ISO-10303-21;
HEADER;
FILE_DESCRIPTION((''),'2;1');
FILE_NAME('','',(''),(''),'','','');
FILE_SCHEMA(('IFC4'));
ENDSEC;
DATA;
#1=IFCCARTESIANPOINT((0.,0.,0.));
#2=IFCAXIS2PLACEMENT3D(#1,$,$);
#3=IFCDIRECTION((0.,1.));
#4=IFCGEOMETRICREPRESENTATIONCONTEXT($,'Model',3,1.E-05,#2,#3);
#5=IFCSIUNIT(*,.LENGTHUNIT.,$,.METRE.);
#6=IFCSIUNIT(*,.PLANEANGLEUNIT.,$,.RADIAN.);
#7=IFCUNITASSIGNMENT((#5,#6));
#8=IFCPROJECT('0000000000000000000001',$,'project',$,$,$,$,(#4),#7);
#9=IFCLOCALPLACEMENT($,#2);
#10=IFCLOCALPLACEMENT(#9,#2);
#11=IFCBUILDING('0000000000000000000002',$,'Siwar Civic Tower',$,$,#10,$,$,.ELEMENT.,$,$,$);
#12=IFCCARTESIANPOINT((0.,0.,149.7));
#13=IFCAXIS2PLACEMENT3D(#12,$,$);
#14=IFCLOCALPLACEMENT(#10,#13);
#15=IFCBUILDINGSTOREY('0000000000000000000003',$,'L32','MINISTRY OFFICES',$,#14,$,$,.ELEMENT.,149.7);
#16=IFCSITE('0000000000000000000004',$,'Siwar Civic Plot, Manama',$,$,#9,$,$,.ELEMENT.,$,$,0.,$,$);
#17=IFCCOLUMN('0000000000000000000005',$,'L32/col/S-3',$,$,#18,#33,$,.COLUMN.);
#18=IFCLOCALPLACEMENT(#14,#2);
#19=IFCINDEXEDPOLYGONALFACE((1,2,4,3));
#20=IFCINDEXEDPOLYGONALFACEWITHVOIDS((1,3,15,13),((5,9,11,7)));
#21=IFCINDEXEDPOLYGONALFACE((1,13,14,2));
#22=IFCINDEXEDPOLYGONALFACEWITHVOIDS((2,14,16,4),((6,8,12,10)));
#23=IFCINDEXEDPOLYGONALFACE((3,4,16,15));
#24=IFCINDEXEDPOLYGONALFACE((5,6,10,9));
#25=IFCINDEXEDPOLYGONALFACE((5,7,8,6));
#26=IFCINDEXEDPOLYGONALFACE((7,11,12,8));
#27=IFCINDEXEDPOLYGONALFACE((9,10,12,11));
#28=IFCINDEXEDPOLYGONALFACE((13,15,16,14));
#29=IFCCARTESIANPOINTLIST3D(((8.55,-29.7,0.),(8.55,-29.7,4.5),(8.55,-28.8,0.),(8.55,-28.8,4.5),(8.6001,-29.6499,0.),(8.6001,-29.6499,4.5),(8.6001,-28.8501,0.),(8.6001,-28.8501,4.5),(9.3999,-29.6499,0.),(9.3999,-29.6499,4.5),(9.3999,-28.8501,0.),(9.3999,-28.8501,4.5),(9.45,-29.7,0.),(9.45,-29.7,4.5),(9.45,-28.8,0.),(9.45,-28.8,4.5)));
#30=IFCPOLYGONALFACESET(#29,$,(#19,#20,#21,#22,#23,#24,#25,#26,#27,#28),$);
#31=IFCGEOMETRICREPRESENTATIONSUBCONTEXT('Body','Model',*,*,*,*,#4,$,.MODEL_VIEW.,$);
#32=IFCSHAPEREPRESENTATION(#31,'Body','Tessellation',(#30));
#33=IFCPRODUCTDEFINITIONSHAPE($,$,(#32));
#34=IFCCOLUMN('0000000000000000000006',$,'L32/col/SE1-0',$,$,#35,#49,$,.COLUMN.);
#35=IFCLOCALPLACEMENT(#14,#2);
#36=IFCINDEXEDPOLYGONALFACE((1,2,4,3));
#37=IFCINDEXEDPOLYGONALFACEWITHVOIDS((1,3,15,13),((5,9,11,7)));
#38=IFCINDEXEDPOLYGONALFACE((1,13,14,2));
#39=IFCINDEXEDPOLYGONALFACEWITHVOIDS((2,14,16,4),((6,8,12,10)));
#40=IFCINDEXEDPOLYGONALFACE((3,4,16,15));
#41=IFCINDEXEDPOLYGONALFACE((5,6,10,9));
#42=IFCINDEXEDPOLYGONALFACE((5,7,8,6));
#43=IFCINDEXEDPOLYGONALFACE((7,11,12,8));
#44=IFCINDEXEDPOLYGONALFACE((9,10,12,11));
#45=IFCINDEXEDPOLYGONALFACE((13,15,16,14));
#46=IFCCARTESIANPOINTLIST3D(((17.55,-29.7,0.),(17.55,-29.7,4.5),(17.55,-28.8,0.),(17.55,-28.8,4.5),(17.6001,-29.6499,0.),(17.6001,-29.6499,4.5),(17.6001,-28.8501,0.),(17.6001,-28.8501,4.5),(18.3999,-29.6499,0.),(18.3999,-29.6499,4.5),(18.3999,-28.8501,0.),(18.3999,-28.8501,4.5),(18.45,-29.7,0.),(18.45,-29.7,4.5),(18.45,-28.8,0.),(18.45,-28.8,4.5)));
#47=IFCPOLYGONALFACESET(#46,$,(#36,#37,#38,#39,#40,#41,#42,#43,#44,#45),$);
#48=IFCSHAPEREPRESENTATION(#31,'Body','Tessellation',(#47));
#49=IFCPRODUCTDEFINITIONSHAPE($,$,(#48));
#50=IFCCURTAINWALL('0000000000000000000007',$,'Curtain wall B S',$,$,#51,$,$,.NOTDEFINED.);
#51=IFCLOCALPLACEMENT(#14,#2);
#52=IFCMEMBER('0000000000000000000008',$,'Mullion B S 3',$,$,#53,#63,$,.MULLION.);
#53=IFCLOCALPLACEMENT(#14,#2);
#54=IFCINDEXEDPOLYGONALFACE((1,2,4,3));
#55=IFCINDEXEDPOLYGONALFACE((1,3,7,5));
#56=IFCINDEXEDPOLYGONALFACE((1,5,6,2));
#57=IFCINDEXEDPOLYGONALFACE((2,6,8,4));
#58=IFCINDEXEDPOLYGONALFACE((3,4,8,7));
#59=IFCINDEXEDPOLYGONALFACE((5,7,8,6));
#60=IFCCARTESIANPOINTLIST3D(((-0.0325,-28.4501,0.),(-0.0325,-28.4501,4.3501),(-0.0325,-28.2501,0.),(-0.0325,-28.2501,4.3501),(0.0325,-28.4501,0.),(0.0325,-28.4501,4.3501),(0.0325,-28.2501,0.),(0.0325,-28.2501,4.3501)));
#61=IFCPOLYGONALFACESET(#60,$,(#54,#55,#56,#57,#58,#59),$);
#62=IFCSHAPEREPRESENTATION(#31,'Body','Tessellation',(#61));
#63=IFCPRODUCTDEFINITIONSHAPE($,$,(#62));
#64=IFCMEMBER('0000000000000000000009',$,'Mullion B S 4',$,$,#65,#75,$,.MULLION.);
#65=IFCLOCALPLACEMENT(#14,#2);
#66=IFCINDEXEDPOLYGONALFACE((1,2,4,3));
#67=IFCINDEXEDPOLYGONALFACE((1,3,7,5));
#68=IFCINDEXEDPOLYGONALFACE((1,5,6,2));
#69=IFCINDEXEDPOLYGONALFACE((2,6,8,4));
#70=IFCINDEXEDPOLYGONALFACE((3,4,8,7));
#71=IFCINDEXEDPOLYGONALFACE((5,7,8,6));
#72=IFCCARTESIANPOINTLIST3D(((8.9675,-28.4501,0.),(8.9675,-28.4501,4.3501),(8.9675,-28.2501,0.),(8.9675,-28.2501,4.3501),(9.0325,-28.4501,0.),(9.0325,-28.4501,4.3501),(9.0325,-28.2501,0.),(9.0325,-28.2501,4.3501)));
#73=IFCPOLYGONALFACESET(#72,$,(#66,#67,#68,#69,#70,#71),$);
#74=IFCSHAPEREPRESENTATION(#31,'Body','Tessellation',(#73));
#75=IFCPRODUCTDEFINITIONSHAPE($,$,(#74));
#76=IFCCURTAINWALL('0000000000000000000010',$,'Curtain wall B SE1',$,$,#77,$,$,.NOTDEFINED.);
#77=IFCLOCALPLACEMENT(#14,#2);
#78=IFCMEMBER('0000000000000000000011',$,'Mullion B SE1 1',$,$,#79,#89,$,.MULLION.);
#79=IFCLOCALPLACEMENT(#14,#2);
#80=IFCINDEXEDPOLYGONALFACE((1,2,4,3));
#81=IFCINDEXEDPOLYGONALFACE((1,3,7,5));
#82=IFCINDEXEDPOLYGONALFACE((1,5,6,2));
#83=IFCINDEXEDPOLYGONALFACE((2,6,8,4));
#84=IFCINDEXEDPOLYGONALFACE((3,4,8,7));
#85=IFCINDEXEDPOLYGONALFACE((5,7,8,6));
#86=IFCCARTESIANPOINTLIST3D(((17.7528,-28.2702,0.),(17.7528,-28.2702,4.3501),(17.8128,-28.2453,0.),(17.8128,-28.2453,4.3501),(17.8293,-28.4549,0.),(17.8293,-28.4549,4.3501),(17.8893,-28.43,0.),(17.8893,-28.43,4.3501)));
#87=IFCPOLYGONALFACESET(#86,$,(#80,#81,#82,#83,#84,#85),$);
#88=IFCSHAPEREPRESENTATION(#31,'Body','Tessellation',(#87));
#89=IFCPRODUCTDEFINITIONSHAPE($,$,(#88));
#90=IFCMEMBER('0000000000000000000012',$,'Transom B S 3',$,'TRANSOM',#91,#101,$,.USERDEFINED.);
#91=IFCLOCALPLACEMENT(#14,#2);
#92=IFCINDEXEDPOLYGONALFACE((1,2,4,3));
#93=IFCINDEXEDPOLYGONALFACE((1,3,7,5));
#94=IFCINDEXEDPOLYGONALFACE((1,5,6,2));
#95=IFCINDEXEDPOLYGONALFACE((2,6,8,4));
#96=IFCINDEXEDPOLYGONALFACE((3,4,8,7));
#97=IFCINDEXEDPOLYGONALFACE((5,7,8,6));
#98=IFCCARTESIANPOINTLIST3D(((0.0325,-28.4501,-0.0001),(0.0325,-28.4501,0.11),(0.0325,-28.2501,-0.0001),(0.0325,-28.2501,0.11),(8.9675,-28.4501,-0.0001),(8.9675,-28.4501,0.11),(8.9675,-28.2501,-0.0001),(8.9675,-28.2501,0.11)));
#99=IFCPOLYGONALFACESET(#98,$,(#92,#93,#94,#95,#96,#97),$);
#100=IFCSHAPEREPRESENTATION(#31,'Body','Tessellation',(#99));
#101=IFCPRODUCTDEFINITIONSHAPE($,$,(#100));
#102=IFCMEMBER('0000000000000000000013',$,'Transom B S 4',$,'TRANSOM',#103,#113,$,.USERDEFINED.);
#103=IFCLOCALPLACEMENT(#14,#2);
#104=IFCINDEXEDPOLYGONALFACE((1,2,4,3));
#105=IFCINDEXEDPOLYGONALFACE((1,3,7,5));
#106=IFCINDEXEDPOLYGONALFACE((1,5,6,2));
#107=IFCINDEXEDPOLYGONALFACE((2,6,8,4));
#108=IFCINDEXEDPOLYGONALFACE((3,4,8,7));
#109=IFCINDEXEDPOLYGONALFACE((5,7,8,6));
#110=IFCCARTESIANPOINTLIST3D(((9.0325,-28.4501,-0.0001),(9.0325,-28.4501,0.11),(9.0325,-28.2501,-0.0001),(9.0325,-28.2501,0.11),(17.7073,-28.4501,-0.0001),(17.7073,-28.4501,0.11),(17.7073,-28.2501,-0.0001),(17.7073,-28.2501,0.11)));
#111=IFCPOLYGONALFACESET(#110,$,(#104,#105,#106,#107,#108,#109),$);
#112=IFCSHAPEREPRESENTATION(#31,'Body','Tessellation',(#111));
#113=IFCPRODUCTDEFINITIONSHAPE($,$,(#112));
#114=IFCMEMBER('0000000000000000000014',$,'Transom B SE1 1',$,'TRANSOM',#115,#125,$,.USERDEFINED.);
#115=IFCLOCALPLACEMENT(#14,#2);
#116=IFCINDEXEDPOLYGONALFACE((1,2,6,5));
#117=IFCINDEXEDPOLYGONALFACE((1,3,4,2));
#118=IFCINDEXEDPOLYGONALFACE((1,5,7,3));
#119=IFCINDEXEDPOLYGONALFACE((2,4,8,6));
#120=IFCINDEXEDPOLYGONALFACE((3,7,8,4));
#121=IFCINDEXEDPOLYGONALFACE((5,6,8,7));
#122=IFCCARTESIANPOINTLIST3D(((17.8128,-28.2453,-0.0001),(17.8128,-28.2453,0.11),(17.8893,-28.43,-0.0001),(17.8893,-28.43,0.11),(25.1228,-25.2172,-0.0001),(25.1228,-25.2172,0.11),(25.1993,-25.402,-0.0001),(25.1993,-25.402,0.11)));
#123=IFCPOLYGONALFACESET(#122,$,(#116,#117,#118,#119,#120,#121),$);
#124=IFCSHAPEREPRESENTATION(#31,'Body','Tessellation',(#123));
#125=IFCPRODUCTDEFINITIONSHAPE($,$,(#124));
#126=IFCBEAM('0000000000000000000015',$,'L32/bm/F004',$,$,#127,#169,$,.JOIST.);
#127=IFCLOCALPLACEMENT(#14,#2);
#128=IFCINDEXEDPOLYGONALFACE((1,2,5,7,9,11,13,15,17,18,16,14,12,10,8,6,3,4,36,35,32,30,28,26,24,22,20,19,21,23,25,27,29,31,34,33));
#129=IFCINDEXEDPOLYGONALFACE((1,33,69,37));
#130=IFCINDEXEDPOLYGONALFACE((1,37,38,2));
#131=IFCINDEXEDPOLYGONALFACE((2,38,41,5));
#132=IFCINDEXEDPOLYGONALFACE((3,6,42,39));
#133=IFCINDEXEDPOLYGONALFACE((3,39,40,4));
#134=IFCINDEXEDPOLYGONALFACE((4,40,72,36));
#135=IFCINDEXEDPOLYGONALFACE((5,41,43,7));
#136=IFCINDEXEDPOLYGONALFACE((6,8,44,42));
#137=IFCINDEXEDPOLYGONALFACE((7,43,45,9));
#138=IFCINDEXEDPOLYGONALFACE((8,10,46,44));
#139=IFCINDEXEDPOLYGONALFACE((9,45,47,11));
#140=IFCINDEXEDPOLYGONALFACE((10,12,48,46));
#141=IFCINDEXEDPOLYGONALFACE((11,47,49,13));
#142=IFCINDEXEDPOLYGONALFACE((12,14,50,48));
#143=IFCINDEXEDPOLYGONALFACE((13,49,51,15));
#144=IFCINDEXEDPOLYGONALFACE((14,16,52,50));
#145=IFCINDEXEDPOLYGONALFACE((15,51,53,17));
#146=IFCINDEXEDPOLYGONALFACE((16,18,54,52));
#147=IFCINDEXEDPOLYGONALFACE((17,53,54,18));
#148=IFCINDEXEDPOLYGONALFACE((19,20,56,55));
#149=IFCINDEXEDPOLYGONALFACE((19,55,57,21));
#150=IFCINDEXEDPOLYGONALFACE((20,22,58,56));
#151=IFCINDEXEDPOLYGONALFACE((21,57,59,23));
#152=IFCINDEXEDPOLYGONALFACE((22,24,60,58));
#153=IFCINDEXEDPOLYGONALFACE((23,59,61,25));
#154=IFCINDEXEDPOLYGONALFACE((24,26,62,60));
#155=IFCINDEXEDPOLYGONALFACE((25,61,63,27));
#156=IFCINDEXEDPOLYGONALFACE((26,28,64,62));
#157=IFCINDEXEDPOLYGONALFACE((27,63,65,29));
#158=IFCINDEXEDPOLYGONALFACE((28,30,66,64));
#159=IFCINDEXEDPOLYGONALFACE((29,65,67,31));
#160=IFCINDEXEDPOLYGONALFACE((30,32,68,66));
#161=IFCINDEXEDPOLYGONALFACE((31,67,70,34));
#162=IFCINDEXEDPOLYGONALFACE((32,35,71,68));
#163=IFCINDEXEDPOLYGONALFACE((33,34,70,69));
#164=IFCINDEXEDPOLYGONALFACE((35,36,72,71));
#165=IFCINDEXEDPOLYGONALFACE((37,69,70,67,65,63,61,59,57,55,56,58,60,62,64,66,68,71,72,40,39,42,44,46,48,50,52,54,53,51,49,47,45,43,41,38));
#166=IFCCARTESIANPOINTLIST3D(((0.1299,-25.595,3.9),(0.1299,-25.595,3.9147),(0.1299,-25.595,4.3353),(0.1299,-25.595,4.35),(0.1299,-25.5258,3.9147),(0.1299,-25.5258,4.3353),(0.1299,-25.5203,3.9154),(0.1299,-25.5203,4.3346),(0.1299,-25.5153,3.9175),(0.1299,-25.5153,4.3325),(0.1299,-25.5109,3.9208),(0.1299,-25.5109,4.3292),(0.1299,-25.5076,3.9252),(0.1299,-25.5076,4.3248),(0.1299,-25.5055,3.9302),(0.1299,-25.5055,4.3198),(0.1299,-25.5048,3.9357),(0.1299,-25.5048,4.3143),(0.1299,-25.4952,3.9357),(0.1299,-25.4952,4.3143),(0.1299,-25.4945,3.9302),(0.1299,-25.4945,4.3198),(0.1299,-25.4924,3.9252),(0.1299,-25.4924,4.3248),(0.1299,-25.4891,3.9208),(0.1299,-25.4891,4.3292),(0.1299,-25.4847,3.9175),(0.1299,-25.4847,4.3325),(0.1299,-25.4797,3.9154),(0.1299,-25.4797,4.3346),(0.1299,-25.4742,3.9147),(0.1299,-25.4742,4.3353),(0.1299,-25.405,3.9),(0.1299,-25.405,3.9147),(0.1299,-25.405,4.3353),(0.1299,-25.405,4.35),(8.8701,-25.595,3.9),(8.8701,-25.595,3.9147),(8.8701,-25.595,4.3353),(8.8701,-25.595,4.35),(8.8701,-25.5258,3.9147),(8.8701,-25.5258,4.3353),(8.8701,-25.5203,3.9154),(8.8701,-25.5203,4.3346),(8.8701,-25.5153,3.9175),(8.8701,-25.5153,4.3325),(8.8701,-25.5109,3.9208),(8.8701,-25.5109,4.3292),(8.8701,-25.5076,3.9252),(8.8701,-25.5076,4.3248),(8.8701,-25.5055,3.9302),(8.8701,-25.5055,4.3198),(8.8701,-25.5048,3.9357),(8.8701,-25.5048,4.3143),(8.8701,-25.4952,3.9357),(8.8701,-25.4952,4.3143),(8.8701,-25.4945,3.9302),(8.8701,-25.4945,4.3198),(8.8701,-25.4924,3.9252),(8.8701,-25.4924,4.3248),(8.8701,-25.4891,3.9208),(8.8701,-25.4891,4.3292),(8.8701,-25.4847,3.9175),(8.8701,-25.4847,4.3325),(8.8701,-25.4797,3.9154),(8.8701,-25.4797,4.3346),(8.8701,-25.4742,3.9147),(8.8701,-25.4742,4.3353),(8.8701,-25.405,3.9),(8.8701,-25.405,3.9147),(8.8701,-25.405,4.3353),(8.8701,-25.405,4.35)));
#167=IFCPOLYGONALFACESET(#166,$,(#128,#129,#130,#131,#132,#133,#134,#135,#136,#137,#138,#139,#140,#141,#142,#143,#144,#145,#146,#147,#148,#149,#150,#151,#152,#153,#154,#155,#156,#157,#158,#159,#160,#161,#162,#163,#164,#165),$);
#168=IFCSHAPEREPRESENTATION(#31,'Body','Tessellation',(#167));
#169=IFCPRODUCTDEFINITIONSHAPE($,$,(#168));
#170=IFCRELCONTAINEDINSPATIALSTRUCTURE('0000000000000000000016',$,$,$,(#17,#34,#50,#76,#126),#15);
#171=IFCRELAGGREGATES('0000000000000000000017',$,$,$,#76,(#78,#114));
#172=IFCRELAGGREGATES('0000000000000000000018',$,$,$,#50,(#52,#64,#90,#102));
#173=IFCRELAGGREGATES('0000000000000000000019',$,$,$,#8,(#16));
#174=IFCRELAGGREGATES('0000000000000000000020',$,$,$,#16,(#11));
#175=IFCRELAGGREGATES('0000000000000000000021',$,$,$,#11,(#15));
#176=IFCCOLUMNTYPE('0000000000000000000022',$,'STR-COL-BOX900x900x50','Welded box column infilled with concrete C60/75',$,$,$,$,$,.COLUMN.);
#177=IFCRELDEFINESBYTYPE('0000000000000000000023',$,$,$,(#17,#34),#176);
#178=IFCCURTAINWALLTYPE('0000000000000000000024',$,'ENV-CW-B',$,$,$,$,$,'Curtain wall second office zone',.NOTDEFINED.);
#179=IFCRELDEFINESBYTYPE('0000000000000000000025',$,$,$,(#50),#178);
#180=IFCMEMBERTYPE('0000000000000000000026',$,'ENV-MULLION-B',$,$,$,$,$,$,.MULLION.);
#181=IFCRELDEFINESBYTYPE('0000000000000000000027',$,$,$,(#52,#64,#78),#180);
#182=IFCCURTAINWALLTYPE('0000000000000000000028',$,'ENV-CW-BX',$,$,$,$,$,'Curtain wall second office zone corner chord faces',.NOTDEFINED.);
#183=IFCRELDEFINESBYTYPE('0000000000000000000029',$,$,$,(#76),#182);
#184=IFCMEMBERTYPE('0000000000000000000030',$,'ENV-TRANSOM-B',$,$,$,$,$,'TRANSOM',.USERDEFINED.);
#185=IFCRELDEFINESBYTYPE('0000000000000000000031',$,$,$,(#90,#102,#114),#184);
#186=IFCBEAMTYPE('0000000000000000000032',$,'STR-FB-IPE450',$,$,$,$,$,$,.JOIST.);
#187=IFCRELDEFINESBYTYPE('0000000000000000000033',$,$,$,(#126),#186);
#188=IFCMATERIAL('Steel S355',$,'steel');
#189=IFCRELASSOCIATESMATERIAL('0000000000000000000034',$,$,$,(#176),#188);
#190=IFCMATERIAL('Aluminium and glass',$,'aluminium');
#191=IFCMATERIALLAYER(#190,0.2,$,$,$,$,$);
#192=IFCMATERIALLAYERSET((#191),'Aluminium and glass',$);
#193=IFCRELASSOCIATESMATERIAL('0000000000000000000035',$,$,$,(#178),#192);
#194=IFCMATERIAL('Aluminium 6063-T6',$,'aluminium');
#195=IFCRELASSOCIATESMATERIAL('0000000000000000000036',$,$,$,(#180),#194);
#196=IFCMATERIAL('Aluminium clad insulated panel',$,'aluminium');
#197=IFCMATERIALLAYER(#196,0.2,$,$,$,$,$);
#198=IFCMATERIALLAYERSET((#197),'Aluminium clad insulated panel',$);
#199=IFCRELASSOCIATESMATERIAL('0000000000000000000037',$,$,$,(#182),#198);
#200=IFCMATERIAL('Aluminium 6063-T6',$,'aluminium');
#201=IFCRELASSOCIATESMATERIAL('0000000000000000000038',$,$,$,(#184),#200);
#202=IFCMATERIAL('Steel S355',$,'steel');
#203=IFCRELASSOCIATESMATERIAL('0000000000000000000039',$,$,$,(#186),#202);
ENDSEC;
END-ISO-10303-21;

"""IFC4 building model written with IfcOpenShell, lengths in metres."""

from ifc_helpers import new_model, si_unit, direction, frame, origin, origin_2d, place, context, subcontext, project, spatial, rectangle, hollow_rectangle, i_section, extrude, material, layer, layer_set, material_profile, profile_set, type_object, element, aggregate, save


model = new_model("IFC4")

# Units and contexts
model_context = context("Model", 3, precision=1e-05, world=origin(), true_north=direction((0.0, 1.0)))
body_context = subcontext(model_context, "Body", "Model", "MODEL_VIEW")
ifc_project = project(units=[si_unit("LENGTHUNIT", "METRE"), si_unit("PLANEANGLEUNIT", "RADIAN")], contexts=[model_context])

# Site, building, storey
site_placement = place(None, origin())
site = spatial("IfcSite", under=ifc_project, at=site_placement, Name="Siwar Civic Plot, Manama", CompositionType="ELEMENT", RefElevation=0.0)
building_placement = place(site_placement, origin())
building = spatial("IfcBuilding", under=site, at=building_placement, Name="Siwar Civic Tower", CompositionType="ELEMENT")
storey_placement = place(building_placement, frame((0.0, 0.0, 149.7)))
storey = spatial("IfcBuildingStorey", under=building, at=storey_placement, Name="L32", Description="MINISTRY OFFICES", CompositionType="ELEMENT", Elevation=149.7)

# Columns
ifc_material_1 = material(Name="Steel S355", Category="steel")
ifc_material_profile_1 = material_profile(ifc_material_1, hollow_rectangle(XDim=0.8999, YDim=0.8999, WallThickness=0.05, at=origin_2d()), Name="BOX900x900x50")
ifc_profile_set_1 = profile_set([ifc_material_profile_1], Name="Steel S355")
column_type = type_object("IfcColumnType", Name="STR-COL-BOX900x900x50", Description="Welded box column infilled with concrete C60/75", PredefinedType="COLUMN", material=ifc_profile_set_1)
for number, where, z_axis, x_axis, name in (
    (1, (9.0, -29.25, 0.0), (0.0, 0.0, 1.0), (1.0, 0.0, 0.0), "L32/col/S-3"),
    (2, (18.0, -29.25, 0.0), (0.0, 0.0, 1.0), (1.0, 0.0, 0.0), "L32/col/SE1-0"),
):
    element("IfcColumn", number, at=place(storey_placement, frame(where, z_axis=z_axis, x_axis=x_axis)), inside=storey, type_object=column_type, Name=name, PredefinedType="COLUMN", context=body_context, shape_type="SweptSolid", body=[
        extrude(hollow_rectangle(XDim=0.8999, YDim=0.8999, WallThickness=0.05, at=origin_2d()), origin(), (0.0, 0.0, 1.0), 4.5),
    ])

# Curtain wall, members
ifc_material_2 = material(Name="Aluminium and glass", Category="aluminium")
ifc_layer_1 = layer(ifc_material_2, 0.2)
ifc_layer_set_1 = layer_set([ifc_layer_1], Name="Aluminium and glass")
curtain_wall_type_1 = type_object("IfcCurtainWallType", Name="ENV-CW-B", ElementType="Curtain wall second office zone", PredefinedType="NOTDEFINED", material=ifc_layer_set_1)
curtain_wall_1_placement = place(storey_placement, origin())
curtain_wall_1 = element("IfcCurtainWall", 3, at=curtain_wall_1_placement, inside=storey, type_object=curtain_wall_type_1, Name="Curtain wall B S", PredefinedType="NOTDEFINED")
ifc_material_3 = material(Name="Aluminium 6063-T6", Category="aluminium")
ifc_material_profile_2 = material_profile(ifc_material_3, rectangle(XDim=0.2, YDim=0.0649, at=origin_2d()), Name="AL 200x65")
ifc_profile_set_2 = profile_set([ifc_material_profile_2], Name="Aluminium 6063-T6")
member_type_1 = type_object("IfcMemberType", Name="ENV-MULLION-B", PredefinedType="MULLION", material=ifc_profile_set_2)
member_1_placement = place(storey_placement, frame((0.0, -28.3501, 0.0), z_axis=(0.0, 0.0, 1.0), x_axis=(0.0, 1.0, 0.0)))
member_1 = element("IfcMember", 4, at=member_1_placement, type_object=member_type_1, Name="Mullion B S 3", PredefinedType="MULLION", context=body_context, shape_type="SweptSolid", body=[
    extrude(rectangle(XDim=0.2, YDim=0.0649, at=origin_2d()), origin(), (0.0, 0.0, 1.0), 4.3501),
])
member_2_placement = place(storey_placement, frame((9.0, -28.3501, 0.0), z_axis=(0.0, 0.0, 1.0), x_axis=(0.0, 1.0, 0.0)))
member_2 = element("IfcMember", 5, at=member_2_placement, type_object=member_type_1, Name="Mullion B S 4", PredefinedType="MULLION", context=body_context, shape_type="SweptSolid", body=[
    extrude(rectangle(XDim=0.2, YDim=0.0649, at=origin_2d()), origin(), (0.0, 0.0, 1.0), 4.3501),
])

# Curtain wall, member
ifc_material_4 = material(Name="Aluminium clad insulated panel", Category="aluminium")
ifc_layer_2 = layer(ifc_material_4, 0.2)
ifc_layer_set_2 = layer_set([ifc_layer_2], Name="Aluminium clad insulated panel")
curtain_wall_type_2 = type_object("IfcCurtainWallType", Name="ENV-CW-BX", ElementType="Curtain wall second office zone corner chord faces", PredefinedType="NOTDEFINED", material=ifc_layer_set_2)
curtain_wall_2_placement = place(storey_placement, origin())
curtain_wall_2 = element("IfcCurtainWall", 6, at=curtain_wall_2_placement, inside=storey, type_object=curtain_wall_type_2, Name="Curtain wall B SE1", PredefinedType="NOTDEFINED")
member_3_placement = place(storey_placement, frame((17.821, -28.3501, 0.0), z_axis=(0.0, 0.0, 1.0), x_axis=(-0.382683, 0.92388, 0.0)))
member_3 = element("IfcMember", 7, at=member_3_placement, type_object=member_type_1, Name="Mullion B SE1 1", PredefinedType="MULLION", context=body_context, shape_type="SweptSolid", body=[
    extrude(rectangle(XDim=0.2, YDim=0.0649, at=origin_2d()), origin(), (0.0, 0.0, 1.0), 4.3501),
])

# Members
ifc_material_5 = material(Name="Aluminium 6063-T6", Category="aluminium")
ifc_material_profile_3 = material_profile(ifc_material_5, rectangle(XDim=0.2, YDim=0.1101, at=origin_2d()), Name="AL 200x110")
ifc_profile_set_3 = profile_set([ifc_material_profile_3], Name="Aluminium 6063-T6")
member_type_2 = type_object("IfcMemberType", Name="ENV-TRANSOM-B", ElementType="TRANSOM", PredefinedType="USERDEFINED", material=ifc_profile_set_3)
member_4_placement = place(storey_placement, frame((0.0325, -28.3501, 0.0549), z_axis=(1.0, 0.0, 0.0), x_axis=(0.0, 1.0, 0.0)))
member_4 = element("IfcMember", 8, at=member_4_placement, type_object=member_type_2, Name="Transom B S 3", ObjectType="TRANSOM", PredefinedType="USERDEFINED", context=body_context, shape_type="SweptSolid", body=[
    extrude(rectangle(XDim=0.2, YDim=0.1101, at=origin_2d()), origin(), (0.0, 0.0, 1.0), 8.9351),
])
member_5_placement = place(storey_placement, frame((9.0325, -28.3501, 0.0549), z_axis=(1.0, 0.0, 0.0), x_axis=(0.0, 1.0, 0.0)))
member_5 = element("IfcMember", 9, at=member_5_placement, type_object=member_type_2, Name="Transom B S 4", ObjectType="TRANSOM", PredefinedType="USERDEFINED", context=body_context, shape_type="SweptSolid", body=[
    extrude(rectangle(XDim=0.2, YDim=0.1101, at=origin_2d()), origin(), (0.0, 0.0, 1.0), 8.6748),
])
member_6_placement = place(storey_placement, frame((17.8511, -28.3376, 0.0549), z_axis=(0.923873, 0.3827, 0.0), x_axis=(-0.3827, 0.923873, 0.0)))
member_6 = element("IfcMember", 10, at=member_6_placement, type_object=member_type_2, Name="Transom B SE1 1", ObjectType="TRANSOM", PredefinedType="USERDEFINED", context=body_context, shape_type="SweptSolid", body=[
    extrude(rectangle(XDim=0.2, YDim=0.1101, at=origin_2d()), origin(), (0.0, 0.0, 1.0), 7.9124),
])
aggregate(curtain_wall_2, [member_3, member_6])

# Beam
ifc_material_6 = material(Name="Steel S355", Category="steel")
ifc_material_profile_4 = material_profile(ifc_material_6, i_section(OverallWidth=0.1899, OverallDepth=0.45, WebThickness=0.0095, FlangeThickness=0.0146, FilletRadius=0.021, at=origin_2d()), Name="IPE450")
ifc_profile_set_4 = profile_set([ifc_material_profile_4], Name="Steel S355")
beam_type_1 = type_object("IfcBeamType", Name="STR-FB-IPE450", PredefinedType="JOIST", material=ifc_profile_set_4)
for number, where, z_axis, x_axis, name in (
    (11, (0.1299, -25.5, 4.125), (1.0, 0.0, 0.0), (0.0, 1.0, 0.0), "L32/bm/F004"),
):
    element("IfcBeam", number, at=place(storey_placement, frame(where, z_axis=z_axis, x_axis=x_axis)), inside=storey, type_object=beam_type_1, Name=name, PredefinedType="JOIST", context=body_context, shape_type="SweptSolid", body=[
        extrude(i_section(OverallWidth=0.1899, OverallDepth=0.45, WebThickness=0.0095, FlangeThickness=0.0146, FilletRadius=0.021, at=origin_2d()), origin(), (0.0, 0.0, 1.0), 8.7402),
    ])

aggregate(curtain_wall_1, [member_1, member_2, member_4, member_5])

save(model, "model.ifc")
